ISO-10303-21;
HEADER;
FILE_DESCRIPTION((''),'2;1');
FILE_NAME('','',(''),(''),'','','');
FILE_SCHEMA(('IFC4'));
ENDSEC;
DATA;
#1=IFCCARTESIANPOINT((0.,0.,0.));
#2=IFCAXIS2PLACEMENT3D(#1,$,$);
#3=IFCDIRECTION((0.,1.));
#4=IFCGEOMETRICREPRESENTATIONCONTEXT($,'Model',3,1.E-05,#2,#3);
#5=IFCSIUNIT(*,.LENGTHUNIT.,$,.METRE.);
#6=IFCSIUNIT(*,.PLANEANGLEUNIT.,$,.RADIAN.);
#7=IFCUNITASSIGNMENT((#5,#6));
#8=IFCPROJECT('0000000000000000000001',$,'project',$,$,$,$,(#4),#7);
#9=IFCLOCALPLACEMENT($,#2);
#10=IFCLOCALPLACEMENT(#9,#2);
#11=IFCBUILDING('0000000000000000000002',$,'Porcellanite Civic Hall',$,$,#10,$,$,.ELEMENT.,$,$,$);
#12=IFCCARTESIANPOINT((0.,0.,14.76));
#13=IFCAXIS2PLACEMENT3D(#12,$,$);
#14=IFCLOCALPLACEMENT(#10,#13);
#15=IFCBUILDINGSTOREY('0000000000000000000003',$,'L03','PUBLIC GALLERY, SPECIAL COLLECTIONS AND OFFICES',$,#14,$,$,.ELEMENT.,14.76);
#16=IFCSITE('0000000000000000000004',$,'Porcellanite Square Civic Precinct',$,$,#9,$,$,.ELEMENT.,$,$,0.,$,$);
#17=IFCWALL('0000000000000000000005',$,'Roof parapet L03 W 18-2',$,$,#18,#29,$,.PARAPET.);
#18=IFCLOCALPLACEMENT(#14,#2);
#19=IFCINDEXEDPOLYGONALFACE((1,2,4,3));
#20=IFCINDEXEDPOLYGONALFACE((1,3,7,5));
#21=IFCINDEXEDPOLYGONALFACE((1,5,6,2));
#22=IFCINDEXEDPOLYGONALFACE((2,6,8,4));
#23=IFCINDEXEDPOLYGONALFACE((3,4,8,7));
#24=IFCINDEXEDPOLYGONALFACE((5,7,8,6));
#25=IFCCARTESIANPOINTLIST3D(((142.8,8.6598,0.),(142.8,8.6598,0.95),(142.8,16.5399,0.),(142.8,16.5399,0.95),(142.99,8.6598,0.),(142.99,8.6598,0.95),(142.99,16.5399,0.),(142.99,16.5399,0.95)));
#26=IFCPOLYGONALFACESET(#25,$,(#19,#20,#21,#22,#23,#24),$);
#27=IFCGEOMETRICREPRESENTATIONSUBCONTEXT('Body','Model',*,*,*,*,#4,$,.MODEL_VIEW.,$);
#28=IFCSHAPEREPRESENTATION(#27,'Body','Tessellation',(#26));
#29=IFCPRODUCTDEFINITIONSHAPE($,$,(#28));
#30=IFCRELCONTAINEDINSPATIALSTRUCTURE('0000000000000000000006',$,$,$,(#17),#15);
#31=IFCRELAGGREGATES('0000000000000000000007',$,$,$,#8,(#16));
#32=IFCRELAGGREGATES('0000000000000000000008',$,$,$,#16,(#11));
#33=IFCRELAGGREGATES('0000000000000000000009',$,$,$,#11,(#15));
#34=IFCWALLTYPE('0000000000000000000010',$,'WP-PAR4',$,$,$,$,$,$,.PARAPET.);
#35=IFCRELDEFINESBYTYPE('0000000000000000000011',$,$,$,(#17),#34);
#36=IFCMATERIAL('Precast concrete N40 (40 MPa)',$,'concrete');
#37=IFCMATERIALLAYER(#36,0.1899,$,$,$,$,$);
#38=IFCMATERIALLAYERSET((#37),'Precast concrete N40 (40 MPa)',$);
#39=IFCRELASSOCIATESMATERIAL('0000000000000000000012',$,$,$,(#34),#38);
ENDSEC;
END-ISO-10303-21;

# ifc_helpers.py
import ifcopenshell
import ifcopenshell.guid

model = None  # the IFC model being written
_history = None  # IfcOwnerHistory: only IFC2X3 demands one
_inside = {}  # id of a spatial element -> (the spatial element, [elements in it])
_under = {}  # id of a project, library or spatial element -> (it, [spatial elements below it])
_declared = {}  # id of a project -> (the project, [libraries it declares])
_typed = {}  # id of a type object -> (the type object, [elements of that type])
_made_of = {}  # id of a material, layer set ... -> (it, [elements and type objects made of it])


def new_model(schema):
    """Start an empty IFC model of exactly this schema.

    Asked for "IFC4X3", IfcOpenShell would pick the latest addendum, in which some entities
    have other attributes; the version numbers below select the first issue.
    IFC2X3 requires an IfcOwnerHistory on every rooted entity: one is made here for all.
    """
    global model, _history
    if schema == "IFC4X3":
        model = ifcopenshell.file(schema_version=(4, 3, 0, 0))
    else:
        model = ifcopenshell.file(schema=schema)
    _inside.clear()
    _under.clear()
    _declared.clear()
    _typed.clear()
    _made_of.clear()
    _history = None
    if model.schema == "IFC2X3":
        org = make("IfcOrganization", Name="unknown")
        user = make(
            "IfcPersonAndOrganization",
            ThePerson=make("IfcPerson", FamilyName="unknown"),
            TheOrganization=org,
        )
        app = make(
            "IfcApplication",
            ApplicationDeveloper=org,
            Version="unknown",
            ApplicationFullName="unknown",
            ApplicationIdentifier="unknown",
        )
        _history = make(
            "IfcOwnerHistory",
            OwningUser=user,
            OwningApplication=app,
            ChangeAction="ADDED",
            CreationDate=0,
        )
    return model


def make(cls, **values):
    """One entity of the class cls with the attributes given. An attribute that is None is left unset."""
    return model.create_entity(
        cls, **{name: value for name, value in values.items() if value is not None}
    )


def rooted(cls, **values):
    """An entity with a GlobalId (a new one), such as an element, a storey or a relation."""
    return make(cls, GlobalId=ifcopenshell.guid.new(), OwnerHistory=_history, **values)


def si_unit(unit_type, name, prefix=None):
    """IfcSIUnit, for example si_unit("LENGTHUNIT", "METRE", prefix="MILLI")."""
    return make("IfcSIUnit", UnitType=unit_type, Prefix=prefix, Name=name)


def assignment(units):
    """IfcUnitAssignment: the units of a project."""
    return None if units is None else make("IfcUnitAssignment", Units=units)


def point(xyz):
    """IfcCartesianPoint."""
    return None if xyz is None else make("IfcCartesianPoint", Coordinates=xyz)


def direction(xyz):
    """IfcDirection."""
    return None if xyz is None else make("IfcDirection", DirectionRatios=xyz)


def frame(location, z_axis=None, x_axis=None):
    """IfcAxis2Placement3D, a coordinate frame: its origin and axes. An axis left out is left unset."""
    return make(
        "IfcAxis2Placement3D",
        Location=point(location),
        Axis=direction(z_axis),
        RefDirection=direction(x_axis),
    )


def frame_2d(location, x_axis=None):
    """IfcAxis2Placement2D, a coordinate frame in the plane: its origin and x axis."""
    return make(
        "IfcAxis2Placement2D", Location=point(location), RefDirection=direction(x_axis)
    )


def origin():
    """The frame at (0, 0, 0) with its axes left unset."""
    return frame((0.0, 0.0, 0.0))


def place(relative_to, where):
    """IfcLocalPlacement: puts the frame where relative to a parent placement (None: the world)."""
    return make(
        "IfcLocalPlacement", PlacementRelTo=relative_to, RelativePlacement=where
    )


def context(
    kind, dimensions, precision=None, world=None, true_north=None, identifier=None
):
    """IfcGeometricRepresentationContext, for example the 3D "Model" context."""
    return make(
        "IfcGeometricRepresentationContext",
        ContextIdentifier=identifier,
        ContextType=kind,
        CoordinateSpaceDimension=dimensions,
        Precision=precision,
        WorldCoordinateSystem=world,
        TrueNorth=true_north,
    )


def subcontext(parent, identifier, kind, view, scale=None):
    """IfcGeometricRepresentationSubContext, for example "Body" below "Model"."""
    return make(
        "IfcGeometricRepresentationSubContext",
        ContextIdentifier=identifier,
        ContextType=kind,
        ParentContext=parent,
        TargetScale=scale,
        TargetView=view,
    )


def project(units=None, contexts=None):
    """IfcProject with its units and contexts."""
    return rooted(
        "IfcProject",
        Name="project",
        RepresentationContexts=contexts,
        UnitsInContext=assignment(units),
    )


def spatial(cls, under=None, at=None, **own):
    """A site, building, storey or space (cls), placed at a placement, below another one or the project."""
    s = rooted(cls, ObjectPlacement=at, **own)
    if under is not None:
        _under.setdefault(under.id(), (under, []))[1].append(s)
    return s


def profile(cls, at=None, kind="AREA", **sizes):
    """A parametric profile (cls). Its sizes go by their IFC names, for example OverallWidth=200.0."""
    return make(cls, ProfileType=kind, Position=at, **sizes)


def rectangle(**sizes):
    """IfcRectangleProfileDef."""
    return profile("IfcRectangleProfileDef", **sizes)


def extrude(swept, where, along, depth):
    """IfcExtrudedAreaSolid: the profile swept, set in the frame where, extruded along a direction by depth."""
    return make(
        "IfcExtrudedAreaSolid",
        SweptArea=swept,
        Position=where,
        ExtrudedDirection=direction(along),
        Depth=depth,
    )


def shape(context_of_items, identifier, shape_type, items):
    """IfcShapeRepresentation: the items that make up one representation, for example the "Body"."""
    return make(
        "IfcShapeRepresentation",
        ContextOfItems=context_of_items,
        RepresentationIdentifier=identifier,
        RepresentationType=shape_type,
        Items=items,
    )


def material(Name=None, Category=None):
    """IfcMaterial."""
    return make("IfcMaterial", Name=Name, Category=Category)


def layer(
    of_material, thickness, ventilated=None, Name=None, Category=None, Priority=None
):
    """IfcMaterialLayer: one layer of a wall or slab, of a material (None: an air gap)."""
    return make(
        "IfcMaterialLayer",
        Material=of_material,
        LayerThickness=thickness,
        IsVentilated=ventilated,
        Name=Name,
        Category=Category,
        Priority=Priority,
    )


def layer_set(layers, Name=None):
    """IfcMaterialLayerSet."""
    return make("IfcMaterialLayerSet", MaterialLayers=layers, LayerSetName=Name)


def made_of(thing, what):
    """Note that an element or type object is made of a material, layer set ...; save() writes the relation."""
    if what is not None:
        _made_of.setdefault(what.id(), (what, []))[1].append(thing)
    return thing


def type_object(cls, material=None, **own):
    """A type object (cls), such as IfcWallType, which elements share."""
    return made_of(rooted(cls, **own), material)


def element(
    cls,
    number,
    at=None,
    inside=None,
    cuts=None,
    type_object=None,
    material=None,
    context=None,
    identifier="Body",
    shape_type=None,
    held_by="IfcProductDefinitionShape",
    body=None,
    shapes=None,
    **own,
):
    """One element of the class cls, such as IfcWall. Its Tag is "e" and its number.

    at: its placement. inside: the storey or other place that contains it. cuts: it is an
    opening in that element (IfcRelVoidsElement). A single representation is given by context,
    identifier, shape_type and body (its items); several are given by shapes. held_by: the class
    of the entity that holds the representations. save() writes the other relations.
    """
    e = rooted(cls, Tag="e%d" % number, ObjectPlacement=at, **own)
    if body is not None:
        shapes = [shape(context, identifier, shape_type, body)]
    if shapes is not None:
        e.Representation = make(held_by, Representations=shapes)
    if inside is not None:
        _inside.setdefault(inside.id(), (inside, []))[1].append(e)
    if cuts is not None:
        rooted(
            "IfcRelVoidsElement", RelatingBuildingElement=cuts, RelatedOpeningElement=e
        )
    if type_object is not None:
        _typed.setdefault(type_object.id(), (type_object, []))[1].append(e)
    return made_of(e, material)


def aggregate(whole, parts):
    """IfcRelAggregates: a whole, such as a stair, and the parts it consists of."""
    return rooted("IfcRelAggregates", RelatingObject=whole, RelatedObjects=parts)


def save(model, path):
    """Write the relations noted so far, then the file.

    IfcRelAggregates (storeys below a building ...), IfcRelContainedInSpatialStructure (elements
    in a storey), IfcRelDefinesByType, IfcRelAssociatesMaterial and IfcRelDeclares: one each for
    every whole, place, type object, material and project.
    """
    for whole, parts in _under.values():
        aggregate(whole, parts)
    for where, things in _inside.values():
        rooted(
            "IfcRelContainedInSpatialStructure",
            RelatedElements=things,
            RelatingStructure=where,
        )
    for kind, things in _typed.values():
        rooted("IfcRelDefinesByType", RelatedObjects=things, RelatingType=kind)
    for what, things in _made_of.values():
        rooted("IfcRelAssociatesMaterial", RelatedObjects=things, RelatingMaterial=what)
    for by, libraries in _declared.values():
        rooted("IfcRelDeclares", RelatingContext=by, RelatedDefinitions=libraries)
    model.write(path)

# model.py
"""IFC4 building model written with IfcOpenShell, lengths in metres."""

from ifc_helpers import new_model, si_unit, direction, frame, frame_2d, origin, place, context, subcontext, project, spatial, rectangle, extrude, material, layer, layer_set, type_object, element, save


model = new_model("IFC4")

# Units and contexts
model_context = context("Model", 3, precision=1e-05, world=origin(), true_north=direction((0.0, 1.0)))
body_context = subcontext(model_context, "Body", "Model", "MODEL_VIEW")
ifc_project = project(units=[si_unit("LENGTHUNIT", "METRE"), si_unit("PLANEANGLEUNIT", "RADIAN")], contexts=[model_context])

# Site, building, storey
site_placement = place(None, origin())
site = spatial("IfcSite", under=ifc_project, at=site_placement, Name="Porcellanite Square Civic Precinct", CompositionType="ELEMENT", RefElevation=0.0)
building_placement = place(site_placement, origin())
building = spatial("IfcBuilding", under=site, at=building_placement, Name="Porcellanite Civic Hall", CompositionType="ELEMENT")
storey_placement = place(building_placement, frame((0.0, 0.0, 14.76)))
storey = spatial("IfcBuildingStorey", under=building, at=storey_placement, Name="L03", Description="PUBLIC GALLERY, SPECIAL COLLECTIONS AND OFFICES", CompositionType="ELEMENT", Elevation=14.76)

# Wall
ifc_material_1 = material(Name="Precast concrete N40 (40 MPa)", Category="concrete")
ifc_layer_1 = layer(ifc_material_1, 0.1899)
ifc_layer_set_1 = layer_set([ifc_layer_1], Name="Precast concrete N40 (40 MPa)")
wall_type = type_object("IfcWallType", Name="WP-PAR4", PredefinedType="PARAPET", material=ifc_layer_set_1)
wall_placement = place(storey_placement, frame((142.895, 8.6599, 0.0), z_axis=(0.0, 0.0, 1.0), x_axis=(0.0, 1.0, 0.0)))
element("IfcWall", 1, at=wall_placement, inside=storey, type_object=wall_type, Name="Roof parapet L03 W 18-2", PredefinedType="PARAPET", context=body_context, shape_type="SweptSolid", body=[
    extrude(rectangle(XDim=7.8801, YDim=0.1899, at=frame_2d((3.9399, 0.0))), origin(), (0.0, 0.0, 1.0), 0.95),
])

save(model, "model.ifc")
